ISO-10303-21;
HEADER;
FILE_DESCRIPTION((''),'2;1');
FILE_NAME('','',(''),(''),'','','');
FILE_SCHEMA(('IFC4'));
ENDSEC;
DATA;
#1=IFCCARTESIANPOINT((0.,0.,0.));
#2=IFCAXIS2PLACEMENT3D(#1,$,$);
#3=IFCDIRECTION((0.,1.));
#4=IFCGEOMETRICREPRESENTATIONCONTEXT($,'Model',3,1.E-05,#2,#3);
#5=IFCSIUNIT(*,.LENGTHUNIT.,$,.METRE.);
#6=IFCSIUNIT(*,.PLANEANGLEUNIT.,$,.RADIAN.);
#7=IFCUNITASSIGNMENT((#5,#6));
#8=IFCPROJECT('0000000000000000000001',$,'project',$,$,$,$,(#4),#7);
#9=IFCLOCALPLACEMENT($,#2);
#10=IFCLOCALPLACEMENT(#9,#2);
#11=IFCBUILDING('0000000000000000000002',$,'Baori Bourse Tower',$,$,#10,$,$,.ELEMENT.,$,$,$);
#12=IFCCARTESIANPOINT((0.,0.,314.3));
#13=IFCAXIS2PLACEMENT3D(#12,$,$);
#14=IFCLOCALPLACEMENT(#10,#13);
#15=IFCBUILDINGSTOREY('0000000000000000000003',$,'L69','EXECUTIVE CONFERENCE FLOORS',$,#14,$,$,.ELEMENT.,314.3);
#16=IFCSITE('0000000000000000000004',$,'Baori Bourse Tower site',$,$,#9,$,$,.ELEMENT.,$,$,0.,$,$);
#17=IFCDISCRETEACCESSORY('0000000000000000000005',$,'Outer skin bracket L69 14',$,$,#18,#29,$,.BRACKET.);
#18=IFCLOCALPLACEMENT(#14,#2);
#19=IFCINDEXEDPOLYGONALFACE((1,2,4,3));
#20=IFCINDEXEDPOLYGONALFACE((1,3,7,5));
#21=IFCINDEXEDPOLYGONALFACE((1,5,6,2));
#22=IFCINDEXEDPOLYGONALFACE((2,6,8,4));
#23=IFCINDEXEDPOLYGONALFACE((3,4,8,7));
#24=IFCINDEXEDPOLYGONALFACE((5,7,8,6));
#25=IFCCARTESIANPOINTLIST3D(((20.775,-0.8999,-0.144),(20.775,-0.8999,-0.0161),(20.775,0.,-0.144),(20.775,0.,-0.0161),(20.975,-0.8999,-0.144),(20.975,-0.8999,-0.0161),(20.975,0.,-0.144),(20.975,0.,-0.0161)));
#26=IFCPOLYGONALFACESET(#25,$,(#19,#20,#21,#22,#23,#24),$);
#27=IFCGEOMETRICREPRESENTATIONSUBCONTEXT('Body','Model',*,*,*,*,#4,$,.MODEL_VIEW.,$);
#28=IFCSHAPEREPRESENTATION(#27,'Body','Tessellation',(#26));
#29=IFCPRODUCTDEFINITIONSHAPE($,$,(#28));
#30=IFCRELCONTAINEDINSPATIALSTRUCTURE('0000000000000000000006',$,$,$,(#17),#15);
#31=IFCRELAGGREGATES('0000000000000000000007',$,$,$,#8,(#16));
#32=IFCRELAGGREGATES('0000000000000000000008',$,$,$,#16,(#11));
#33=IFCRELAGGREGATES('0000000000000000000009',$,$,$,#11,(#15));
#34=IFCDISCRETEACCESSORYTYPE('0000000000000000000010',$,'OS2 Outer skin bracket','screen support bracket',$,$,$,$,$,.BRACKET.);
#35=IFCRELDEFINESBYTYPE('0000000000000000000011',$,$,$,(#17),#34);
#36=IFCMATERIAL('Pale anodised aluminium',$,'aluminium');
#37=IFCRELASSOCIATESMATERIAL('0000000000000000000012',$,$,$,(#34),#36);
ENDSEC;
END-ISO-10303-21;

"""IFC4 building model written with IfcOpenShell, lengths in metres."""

from ifc_helpers import new_model, si_unit, direction, frame, origin, origin_2d, place, context, subcontext, project, spatial, rectangle, extrude, material, type_object, element, save


model = new_model("IFC4")

# Units and contexts
model_context = context("Model", 3, precision=1e-05, world=origin(), true_north=direction((0.0, 1.0)))
body_context = subcontext(model_context, "Body", "Model", "MODEL_VIEW")
ifc_project = project(units=[si_unit("LENGTHUNIT", "METRE"), si_unit("PLANEANGLEUNIT", "RADIAN")], contexts=[model_context])

# Site, building, storey
site_placement = place(None, origin())
site = spatial("IfcSite", under=ifc_project, at=site_placement, Name="Baori Bourse Tower site", CompositionType="ELEMENT", RefElevation=0.0)
building_placement = place(site_placement, origin())
building = spatial("IfcBuilding", under=site, at=building_placement, Name="Baori Bourse Tower", CompositionType="ELEMENT")
storey_placement = place(building_placement, frame((0.0, 0.0, 314.3)))
storey = spatial("IfcBuildingStorey", under=building, at=storey_placement, Name="L69", Description="EXECUTIVE CONFERENCE FLOORS", CompositionType="ELEMENT", Elevation=314.3)

# Discrete accessory
ifc_material_1 = material(Name="Pale anodised aluminium", Category="aluminium")
discrete_accessory_type = type_object("IfcDiscreteAccessoryType", Name="OS2 Outer skin bracket", Description="screen support bracket", PredefinedType="BRACKET", material=ifc_material_1)
discrete_accessory_placement = place(storey_placement, frame((20.875, -0.45, -0.144), z_axis=(0.0, 0.0, 1.0), x_axis=(1.0, 0.0, 0.0)))
element("IfcDiscreteAccessory", 1, at=discrete_accessory_placement, inside=storey, type_object=discrete_accessory_type, Name="Outer skin bracket L69 14", PredefinedType="BRACKET", context=body_context, shape_type="SweptSolid", body=[
    extrude(rectangle(XDim=0.2, YDim=0.8999, at=origin_2d()), origin(), (0.0, 0.0, 1.0), 0.1279),
])

save(model, "model.ifc")
